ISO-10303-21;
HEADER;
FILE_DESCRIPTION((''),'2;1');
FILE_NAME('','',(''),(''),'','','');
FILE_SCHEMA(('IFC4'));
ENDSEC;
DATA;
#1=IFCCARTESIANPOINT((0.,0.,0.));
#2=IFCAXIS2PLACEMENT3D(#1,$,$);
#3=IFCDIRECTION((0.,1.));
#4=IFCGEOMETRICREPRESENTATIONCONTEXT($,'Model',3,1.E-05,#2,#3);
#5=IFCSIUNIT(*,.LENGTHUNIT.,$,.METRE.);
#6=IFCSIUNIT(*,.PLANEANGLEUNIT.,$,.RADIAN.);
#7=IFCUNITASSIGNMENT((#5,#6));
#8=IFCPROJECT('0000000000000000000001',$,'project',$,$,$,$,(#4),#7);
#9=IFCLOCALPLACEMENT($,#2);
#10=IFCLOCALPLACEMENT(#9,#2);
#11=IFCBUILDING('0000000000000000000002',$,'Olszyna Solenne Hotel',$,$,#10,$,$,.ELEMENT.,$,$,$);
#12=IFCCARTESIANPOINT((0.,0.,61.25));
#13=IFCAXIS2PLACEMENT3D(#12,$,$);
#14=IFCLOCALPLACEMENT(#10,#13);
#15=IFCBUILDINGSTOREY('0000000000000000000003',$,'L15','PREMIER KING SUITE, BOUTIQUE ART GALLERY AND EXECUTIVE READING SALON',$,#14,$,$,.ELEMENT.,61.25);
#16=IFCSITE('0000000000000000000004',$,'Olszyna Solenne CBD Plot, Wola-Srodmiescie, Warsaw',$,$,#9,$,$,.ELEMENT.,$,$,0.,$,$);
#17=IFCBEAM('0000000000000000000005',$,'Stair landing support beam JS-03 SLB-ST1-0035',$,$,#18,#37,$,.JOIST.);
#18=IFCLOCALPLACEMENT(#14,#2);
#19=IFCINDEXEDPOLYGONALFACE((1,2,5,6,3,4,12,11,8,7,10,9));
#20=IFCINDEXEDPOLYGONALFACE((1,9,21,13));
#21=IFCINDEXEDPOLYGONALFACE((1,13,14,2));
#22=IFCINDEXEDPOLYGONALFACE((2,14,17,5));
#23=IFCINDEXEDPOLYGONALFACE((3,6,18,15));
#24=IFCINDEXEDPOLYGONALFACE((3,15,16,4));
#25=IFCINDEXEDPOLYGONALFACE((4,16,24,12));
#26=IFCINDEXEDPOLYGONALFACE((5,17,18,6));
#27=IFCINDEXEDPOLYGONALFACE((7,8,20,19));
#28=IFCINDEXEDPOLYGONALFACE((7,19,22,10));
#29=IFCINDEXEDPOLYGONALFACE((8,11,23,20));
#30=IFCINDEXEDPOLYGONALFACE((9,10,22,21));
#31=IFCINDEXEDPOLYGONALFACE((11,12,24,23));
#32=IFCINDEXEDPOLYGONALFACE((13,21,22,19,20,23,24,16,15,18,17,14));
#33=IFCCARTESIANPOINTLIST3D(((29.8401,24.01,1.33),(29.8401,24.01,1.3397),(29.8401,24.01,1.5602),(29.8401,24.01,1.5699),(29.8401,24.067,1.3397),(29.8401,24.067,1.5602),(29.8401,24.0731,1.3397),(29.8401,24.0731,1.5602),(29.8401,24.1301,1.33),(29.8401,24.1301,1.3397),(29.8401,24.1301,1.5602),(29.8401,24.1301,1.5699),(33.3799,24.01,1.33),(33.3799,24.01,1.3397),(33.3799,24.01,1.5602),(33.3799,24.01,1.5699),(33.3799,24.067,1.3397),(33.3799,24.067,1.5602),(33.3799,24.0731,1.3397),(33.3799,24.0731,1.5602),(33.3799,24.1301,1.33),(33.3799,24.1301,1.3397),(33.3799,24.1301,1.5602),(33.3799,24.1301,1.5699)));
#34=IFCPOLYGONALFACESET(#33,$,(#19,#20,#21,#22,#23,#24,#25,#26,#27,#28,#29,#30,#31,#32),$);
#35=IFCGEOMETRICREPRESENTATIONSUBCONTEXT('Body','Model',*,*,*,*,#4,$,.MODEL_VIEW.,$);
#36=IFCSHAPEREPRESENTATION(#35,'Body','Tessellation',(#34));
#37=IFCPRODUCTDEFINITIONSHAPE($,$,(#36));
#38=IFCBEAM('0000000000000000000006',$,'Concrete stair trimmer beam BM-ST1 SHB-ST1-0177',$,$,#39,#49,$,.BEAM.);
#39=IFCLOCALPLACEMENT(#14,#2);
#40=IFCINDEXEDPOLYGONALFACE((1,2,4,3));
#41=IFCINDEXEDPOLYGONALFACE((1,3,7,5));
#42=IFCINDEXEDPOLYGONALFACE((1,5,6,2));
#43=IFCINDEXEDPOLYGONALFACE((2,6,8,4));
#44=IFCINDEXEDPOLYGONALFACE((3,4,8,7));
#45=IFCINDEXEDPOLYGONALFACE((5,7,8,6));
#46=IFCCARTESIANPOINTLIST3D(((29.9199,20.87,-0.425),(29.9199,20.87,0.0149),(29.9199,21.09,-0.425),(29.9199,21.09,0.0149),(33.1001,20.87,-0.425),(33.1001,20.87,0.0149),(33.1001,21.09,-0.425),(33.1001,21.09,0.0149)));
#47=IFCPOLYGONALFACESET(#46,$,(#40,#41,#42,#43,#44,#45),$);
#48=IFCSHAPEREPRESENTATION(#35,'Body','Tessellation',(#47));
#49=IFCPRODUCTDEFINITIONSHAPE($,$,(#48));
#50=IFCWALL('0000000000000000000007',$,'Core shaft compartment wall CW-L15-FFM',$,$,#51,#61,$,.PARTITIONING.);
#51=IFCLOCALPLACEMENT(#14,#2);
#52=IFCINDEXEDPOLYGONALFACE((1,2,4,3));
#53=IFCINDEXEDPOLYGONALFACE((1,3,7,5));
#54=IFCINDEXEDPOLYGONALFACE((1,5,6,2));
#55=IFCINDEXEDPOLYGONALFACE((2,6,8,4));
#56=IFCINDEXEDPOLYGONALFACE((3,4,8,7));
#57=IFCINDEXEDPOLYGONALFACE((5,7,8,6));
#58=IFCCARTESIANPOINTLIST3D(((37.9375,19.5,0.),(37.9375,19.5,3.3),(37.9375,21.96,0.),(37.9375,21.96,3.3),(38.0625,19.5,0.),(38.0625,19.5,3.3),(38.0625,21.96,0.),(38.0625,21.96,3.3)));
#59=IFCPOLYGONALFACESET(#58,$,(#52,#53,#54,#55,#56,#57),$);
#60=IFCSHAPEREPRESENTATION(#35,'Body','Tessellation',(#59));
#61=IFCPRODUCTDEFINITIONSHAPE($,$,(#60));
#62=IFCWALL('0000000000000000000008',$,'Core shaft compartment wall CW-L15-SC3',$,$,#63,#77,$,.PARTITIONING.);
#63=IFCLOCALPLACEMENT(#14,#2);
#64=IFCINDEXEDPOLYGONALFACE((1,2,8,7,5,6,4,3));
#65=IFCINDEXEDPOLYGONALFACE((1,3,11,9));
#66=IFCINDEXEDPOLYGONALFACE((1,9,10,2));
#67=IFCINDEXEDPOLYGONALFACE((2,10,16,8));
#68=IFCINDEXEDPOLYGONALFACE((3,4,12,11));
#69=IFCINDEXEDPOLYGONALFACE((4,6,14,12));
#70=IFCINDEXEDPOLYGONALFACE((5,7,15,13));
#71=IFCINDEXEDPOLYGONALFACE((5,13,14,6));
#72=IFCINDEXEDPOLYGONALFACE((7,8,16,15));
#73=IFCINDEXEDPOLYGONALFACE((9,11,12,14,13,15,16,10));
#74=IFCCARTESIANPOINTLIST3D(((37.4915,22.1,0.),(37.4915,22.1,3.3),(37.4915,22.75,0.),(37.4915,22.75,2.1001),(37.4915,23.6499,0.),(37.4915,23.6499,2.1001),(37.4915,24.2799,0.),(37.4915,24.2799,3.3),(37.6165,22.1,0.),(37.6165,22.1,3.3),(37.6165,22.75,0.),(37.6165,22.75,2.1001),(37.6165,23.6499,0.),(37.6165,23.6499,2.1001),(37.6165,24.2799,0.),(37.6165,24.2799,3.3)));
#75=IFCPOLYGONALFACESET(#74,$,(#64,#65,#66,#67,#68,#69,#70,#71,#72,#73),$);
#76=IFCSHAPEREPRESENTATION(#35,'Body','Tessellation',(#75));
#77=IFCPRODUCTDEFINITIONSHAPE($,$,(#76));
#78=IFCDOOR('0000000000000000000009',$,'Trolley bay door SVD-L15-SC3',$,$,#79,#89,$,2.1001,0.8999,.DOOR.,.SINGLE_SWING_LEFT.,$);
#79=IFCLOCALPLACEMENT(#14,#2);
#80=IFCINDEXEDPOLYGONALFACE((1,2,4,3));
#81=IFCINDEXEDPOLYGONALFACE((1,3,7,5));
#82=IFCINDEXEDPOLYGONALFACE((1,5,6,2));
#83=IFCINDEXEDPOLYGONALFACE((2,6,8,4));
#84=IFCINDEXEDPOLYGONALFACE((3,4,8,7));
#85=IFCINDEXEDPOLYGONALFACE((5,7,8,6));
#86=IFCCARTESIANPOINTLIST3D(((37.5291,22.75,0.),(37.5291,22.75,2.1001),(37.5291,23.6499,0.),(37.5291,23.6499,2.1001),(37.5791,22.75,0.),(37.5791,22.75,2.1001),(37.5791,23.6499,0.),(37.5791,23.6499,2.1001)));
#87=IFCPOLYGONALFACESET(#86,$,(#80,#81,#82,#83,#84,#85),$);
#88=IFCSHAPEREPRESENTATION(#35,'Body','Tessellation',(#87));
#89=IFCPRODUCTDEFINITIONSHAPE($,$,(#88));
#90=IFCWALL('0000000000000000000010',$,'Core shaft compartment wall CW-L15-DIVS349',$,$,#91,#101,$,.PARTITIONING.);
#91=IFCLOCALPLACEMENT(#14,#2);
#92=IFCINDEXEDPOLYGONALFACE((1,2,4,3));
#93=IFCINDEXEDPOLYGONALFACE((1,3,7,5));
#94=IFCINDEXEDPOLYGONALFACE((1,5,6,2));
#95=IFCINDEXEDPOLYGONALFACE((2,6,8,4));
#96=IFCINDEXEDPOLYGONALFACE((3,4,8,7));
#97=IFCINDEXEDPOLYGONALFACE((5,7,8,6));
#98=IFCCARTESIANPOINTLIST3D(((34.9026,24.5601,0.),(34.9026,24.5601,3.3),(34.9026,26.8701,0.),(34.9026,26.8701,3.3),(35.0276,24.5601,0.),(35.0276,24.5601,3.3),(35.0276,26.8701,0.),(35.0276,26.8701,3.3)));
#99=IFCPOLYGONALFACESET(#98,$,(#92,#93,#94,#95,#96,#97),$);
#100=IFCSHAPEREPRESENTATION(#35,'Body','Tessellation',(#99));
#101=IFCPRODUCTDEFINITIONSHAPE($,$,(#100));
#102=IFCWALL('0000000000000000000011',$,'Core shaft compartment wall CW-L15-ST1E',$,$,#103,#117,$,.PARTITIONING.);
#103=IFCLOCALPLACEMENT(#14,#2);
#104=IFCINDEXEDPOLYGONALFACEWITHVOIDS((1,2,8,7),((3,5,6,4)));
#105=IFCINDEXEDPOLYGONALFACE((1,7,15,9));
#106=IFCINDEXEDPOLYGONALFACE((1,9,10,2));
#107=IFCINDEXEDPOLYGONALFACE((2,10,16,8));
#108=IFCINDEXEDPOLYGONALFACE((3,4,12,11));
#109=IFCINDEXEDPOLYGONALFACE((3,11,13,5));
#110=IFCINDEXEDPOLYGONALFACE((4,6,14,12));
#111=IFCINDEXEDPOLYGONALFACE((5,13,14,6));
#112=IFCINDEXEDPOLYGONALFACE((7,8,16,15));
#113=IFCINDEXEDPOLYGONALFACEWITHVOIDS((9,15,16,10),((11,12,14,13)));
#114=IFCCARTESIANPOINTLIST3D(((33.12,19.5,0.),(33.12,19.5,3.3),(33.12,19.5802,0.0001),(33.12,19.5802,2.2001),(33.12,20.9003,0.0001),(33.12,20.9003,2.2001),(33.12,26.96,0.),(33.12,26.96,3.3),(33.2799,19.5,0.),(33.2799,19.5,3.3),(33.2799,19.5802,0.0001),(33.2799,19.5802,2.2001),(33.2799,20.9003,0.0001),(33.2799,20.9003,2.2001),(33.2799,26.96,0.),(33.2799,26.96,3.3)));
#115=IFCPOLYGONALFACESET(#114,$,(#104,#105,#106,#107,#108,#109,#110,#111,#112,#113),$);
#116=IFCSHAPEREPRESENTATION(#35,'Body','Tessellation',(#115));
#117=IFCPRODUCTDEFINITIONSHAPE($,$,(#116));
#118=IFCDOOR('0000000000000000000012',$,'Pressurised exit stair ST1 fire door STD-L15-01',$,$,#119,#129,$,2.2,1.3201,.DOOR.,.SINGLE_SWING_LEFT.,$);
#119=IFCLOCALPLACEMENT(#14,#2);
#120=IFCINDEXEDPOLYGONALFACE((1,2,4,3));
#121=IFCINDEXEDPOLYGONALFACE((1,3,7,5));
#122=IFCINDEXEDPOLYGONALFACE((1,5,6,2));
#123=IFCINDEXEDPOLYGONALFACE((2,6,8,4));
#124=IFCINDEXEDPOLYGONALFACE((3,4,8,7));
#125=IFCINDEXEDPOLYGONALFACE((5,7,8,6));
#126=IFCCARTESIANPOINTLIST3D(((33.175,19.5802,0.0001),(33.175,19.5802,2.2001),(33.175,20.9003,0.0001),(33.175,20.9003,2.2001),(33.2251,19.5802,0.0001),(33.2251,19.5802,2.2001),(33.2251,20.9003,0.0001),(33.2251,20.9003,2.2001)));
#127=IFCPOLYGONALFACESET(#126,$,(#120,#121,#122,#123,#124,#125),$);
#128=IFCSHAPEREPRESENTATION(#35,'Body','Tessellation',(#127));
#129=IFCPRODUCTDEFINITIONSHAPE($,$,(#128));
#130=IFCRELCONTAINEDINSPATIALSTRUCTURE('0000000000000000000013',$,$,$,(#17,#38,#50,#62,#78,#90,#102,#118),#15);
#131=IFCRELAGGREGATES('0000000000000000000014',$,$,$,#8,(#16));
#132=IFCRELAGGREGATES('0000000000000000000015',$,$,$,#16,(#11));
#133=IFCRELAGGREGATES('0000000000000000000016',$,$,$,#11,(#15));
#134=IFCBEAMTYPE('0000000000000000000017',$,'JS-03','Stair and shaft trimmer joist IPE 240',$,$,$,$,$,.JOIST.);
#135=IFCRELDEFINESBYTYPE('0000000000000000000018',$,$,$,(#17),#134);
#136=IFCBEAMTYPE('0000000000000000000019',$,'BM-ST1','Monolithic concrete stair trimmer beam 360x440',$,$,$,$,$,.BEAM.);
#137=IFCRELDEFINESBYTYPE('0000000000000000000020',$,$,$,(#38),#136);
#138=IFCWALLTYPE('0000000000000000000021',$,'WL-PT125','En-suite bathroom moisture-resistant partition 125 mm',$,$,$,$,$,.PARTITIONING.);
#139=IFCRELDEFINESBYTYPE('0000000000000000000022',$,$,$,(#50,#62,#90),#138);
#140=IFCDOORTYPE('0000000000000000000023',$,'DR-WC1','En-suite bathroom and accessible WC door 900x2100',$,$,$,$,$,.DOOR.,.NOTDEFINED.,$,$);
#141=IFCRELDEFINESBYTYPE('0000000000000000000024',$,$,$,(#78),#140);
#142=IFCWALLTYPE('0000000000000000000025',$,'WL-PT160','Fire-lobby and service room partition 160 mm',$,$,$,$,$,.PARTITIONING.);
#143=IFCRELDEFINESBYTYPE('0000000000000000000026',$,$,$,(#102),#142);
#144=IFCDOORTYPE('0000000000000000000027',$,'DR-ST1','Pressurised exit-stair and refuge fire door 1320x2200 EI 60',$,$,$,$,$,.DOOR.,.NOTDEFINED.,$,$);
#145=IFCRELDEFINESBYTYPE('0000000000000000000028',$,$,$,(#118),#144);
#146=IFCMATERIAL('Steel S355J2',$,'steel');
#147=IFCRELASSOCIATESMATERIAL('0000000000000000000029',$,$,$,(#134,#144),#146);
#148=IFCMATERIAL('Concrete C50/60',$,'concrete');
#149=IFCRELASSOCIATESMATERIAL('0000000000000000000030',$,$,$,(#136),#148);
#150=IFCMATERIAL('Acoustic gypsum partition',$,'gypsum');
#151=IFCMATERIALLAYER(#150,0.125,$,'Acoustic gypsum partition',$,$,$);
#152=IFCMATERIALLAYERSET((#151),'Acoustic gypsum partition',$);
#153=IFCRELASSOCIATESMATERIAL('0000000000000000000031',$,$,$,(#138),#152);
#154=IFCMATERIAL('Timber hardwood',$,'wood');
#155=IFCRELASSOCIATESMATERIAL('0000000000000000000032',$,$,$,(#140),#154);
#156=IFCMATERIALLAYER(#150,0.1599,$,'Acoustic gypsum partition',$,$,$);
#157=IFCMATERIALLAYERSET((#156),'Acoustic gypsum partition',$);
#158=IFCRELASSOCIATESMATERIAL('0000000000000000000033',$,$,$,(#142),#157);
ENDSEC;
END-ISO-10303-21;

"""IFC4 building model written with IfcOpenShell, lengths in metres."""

from ifc_helpers import new_model, si_unit, direction, frame, frame_2d, origin, origin_2d, place, context, subcontext, project, spatial, rectangle, i_section, extrude, source, transform, mapped, material, layer, layer_set, material_profile, profile_set, type_object, type_shapes, element, fill, save


model = new_model("IFC4")

# Units and contexts
model_context = context("Model", 3, precision=1e-05, world=origin(), true_north=direction((0.0, 1.0)))
body_context = subcontext(model_context, "Body", "Model", "MODEL_VIEW")
ifc_project = project(units=[si_unit("LENGTHUNIT", "METRE"), si_unit("PLANEANGLEUNIT", "RADIAN")], contexts=[model_context])

# Site, building, storey
site_placement = place(None, origin())
site = spatial("IfcSite", under=ifc_project, at=site_placement, Name="Olszyna Solenne CBD Plot, Wola-Srodmiescie, Warsaw", CompositionType="ELEMENT", RefElevation=0.0)
building_placement = place(site_placement, origin())
building = spatial("IfcBuilding", under=site, at=building_placement, Name="Olszyna Solenne Hotel", CompositionType="ELEMENT")
storey_placement = place(building_placement, frame((0.0, 0.0, 61.25)))
storey = spatial("IfcBuildingStorey", under=building, at=storey_placement, Name="L15", Description="PREMIER KING SUITE, BOUTIQUE ART GALLERY AND EXECUTIVE READING SALON", CompositionType="ELEMENT", Elevation=61.25)

# Beams
ifc_material_1 = material(Name="Steel S355J2", Category="steel")
ifc_material_profile_1 = material_profile(ifc_material_1, i_section(OverallWidth=0.1201, OverallDepth=0.24, WebThickness=0.0061, FlangeThickness=0.0098, at=origin_2d()), Name="IPE 240", Category="load-bearing")
ifc_profile_set_1 = profile_set([ifc_material_profile_1], Name="Steel S355J2")
beam_type_1 = type_object("IfcBeamType", Name="JS-03", Description="Stair and shaft trimmer joist IPE 240", PredefinedType="JOIST", material=ifc_profile_set_1)
shared_shape_1 = source(origin(), body_context, "Body", "SweptSolid", [
    extrude(i_section(OverallWidth=0.1201, OverallDepth=0.24, WebThickness=0.0061, FlangeThickness=0.0098, at=origin_2d()), origin(), (0.0, 0.0, 1.0), 3.5398),
])
beam_1_placement = place(storey_placement, frame((33.3799, 24.0701, 1.45), z_axis=(-1.0, 0.0, 0.0), x_axis=(0.0, -1.0, 0.0)))
element("IfcBeam", 1, at=beam_1_placement, inside=storey, type_object=beam_type_1, Name="Stair landing support beam JS-03 SLB-ST1-0035", PredefinedType="JOIST", context=body_context, shape_type="MappedRepresentation", body=[
    mapped(shared_shape_1, transform((0.0, 0.0, 0.0), x_axis=(1.0, 0.0, 0.0), y_axis=(0.0, 1.0, 0.0), z_axis=(0.0, 0.0, 1.0), scale=1.0)),
])
ifc_material_2 = material(Name="Concrete C50/60", Category="concrete")
ifc_material_profile_2 = material_profile(ifc_material_2, rectangle(XDim=0.22, YDim=0.4399, at=origin_2d()), Name="RC 220x440", Category="load-bearing")
ifc_profile_set_2 = profile_set([ifc_material_profile_2], Name="Concrete C50/60")
beam_type_2 = type_object("IfcBeamType", Name="BM-ST1", Description="Monolithic concrete stair trimmer beam 360x440", PredefinedType="BEAM", material=ifc_profile_set_2)
shared_shape_2 = source(origin(), body_context, "Body", "SweptSolid", [
    extrude(rectangle(XDim=0.22, YDim=0.4399, at=origin_2d()), origin(), (0.0, 0.0, 1.0), 3.1802),
])
beam_2_placement = place(storey_placement, frame((33.1001, 20.98, -0.2051), z_axis=(-1.0, 0.0, 0.0), x_axis=(0.0, -1.0, 0.0)))
element("IfcBeam", 2, at=beam_2_placement, inside=storey, type_object=beam_type_2, Name="Concrete stair trimmer beam BM-ST1 SHB-ST1-0177", PredefinedType="BEAM", context=body_context, shape_type="MappedRepresentation", body=[
    mapped(shared_shape_2, transform((0.0, 0.0, 0.0), x_axis=(1.0, 0.0, 0.0), y_axis=(0.0, 1.0, 0.0), z_axis=(0.0, 0.0, 1.0), scale=1.0)),
])

# Wall
ifc_material_3 = material(Name="Acoustic gypsum partition", Category="gypsum")
ifc_layer_1 = layer(ifc_material_3, 0.125, Name="Acoustic gypsum partition")
ifc_layer_set_1 = layer_set([ifc_layer_1], Name="Acoustic gypsum partition")
wall_type_1 = type_object("IfcWallType", Name="WL-PT125", Description="En-suite bathroom moisture-resistant partition 125 mm", PredefinedType="PARTITIONING", material=ifc_layer_set_1)
wall_1_placement = place(storey_placement, frame((38.0, 19.5, 0.0), z_axis=(0.0, 0.0, 1.0), x_axis=(0.0, 1.0, 0.0)))
element("IfcWall", 3, at=wall_1_placement, inside=storey, type_object=wall_type_1, Name="Core shaft compartment wall CW-L15-FFM", PredefinedType="PARTITIONING", context=body_context, shape_type="SweptSolid", body=[
    extrude(rectangle(XDim=2.46, YDim=0.125, at=frame_2d((1.23, 0.0))), origin(), (0.0, 0.0, 1.0), 3.3),
])

# Wall, opening, door
wall_2_placement = place(storey_placement, frame((37.554, 22.1001, 0.0), z_axis=(0.0, 0.0, 1.0), x_axis=(0.0, 1.0, 0.0)))
wall_2 = element("IfcWall", 4, at=wall_2_placement, inside=storey, type_object=wall_type_1, Name="Core shaft compartment wall CW-L15-SC3", PredefinedType="PARTITIONING", context=body_context, shape_type="SweptSolid", body=[
    extrude(rectangle(XDim=2.1799, YDim=0.125, at=frame_2d((1.0898, 0.0))), origin(), (0.0, 0.0, 1.0), 3.3),
])
opening_1_placement = place(wall_2_placement, frame((0.6499, 0.0, 0.0)))
opening_1 = element("IfcOpeningElement", 5, at=opening_1_placement, cuts=wall_2, PredefinedType="OPENING", context=body_context, shape_type="SweptSolid", body=[
    extrude(rectangle(XDim=0.8999, YDim=2.1001, at=frame_2d((0.45, 1.05))), frame((0.0, 0.0725, 0.0), z_axis=(0.0, -1.0, 0.0), x_axis=(1.0, 0.0, 0.0)), (0.0, 0.0, 1.0), 0.145),
])
ifc_material_4 = material(Name="Timber hardwood", Category="wood")
door_type_1 = type_object("IfcDoorType", Name="DR-WC1", Description="En-suite bathroom and accessible WC door 900x2100", OperationType="NOTDEFINED", PredefinedType="DOOR", material=ifc_material_4)
shared_shape_3 = source(origin(), body_context, "Body", "SweptSolid", [
    extrude(rectangle(XDim=0.8999, YDim=2.1001, at=frame_2d((0.45, 1.05))), frame((0.0, 0.0249, 0.0), z_axis=(0.0, -1.0, 0.0), x_axis=(1.0, 0.0, 0.0)), (0.0, 0.0, 1.0), 0.05),
])
type_shapes(door_type_1, [shared_shape_3])
door_1_placement = place(opening_1_placement, origin())
door_1 = element("IfcDoor", 6, at=door_1_placement, inside=storey, type_object=door_type_1, Name="Trolley bay door SVD-L15-SC3", OperationType="SINGLE_SWING_LEFT", OverallHeight=2.1001, OverallWidth=0.8999, PredefinedType="DOOR", context=body_context, shape_type="MappedRepresentation", body=[
    mapped(shared_shape_3, transform((0.0, 0.0, 0.0), x_axis=(1.0, 0.0, 0.0), y_axis=(0.0, 1.0, 0.0), z_axis=(0.0, 0.0, 1.0), scale=1.0)),
])
fill(opening_1, door_1)

# Wall
wall_3_placement = place(storey_placement, frame((34.9651, 24.5601, 0.0), z_axis=(0.0, 0.0, 1.0), x_axis=(0.0, 1.0, 0.0)))
element("IfcWall", 7, at=wall_3_placement, inside=storey, type_object=wall_type_1, Name="Core shaft compartment wall CW-L15-DIVS349", PredefinedType="PARTITIONING", context=body_context, shape_type="SweptSolid", body=[
    extrude(rectangle(XDim=2.3101, YDim=0.125, at=frame_2d((1.155, 0.0))), origin(), (0.0, 0.0, 1.0), 3.3),
])

# Wall, opening, door
ifc_layer_2 = layer(ifc_material_3, 0.1599, Name="Acoustic gypsum partition")
ifc_layer_set_2 = layer_set([ifc_layer_2], Name="Acoustic gypsum partition")
wall_type_2 = type_object("IfcWallType", Name="WL-PT160", Description="Fire-lobby and service room partition 160 mm", PredefinedType="PARTITIONING", material=ifc_layer_set_2)
wall_4_placement = place(storey_placement, frame((33.2, 19.5, 0.0), z_axis=(0.0, 0.0, 1.0), x_axis=(0.0, 1.0, 0.0)))
wall_4 = element("IfcWall", 8, at=wall_4_placement, inside=storey, type_object=wall_type_2, Name="Core shaft compartment wall CW-L15-ST1E", PredefinedType="PARTITIONING", context=body_context, shape_type="SweptSolid", body=[
    extrude(rectangle(XDim=7.46, YDim=0.1599, at=frame_2d((3.73, 0.0))), origin(), (0.0, 0.0, 1.0), 3.3),
])
opening_2_placement = place(wall_4_placement, frame((0.0801, 0.0, 0.0)))
opening_2 = element("IfcOpeningElement", 9, at=opening_2_placement, cuts=wall_4, PredefinedType="OPENING", context=body_context, shape_type="SweptSolid", body=[
    extrude(rectangle(XDim=1.3201, YDim=2.2, at=frame_2d((0.6602, 1.1001))), frame((0.0, 0.0898, 0.0), z_axis=(0.0, -1.0, 0.0), x_axis=(1.0, 0.0, 0.0)), (0.0, 0.0, 1.0), 0.1799),
])
door_type_2 = type_object("IfcDoorType", Name="DR-ST1", Description="Pressurised exit-stair and refuge fire door 1320x2200 EI 60", OperationType="NOTDEFINED", PredefinedType="DOOR", material=ifc_material_1)
shared_shape_4 = source(origin(), body_context, "Body", "SweptSolid", [
    extrude(rectangle(XDim=1.3201, YDim=2.2, at=frame_2d((0.6602, 1.1001))), frame((0.0, 0.0249, 0.0), z_axis=(0.0, -1.0, 0.0), x_axis=(1.0, 0.0, 0.0)), (0.0, 0.0, 1.0), 0.05),
])
type_shapes(door_type_2, [shared_shape_4])
door_2_placement = place(opening_2_placement, origin())
door_2 = element("IfcDoor", 10, at=door_2_placement, inside=storey, type_object=door_type_2, Name="Pressurised exit stair ST1 fire door STD-L15-01", OperationType="SINGLE_SWING_LEFT", OverallHeight=2.2, OverallWidth=1.3201, PredefinedType="DOOR", context=body_context, shape_type="MappedRepresentation", body=[
    mapped(shared_shape_4, transform((0.0, 0.0, 0.0), x_axis=(1.0, 0.0, 0.0), y_axis=(0.0, 1.0, 0.0), z_axis=(0.0, 0.0, 1.0), scale=1.0)),
])
fill(opening_2, door_2)

save(model, "model.ifc")
